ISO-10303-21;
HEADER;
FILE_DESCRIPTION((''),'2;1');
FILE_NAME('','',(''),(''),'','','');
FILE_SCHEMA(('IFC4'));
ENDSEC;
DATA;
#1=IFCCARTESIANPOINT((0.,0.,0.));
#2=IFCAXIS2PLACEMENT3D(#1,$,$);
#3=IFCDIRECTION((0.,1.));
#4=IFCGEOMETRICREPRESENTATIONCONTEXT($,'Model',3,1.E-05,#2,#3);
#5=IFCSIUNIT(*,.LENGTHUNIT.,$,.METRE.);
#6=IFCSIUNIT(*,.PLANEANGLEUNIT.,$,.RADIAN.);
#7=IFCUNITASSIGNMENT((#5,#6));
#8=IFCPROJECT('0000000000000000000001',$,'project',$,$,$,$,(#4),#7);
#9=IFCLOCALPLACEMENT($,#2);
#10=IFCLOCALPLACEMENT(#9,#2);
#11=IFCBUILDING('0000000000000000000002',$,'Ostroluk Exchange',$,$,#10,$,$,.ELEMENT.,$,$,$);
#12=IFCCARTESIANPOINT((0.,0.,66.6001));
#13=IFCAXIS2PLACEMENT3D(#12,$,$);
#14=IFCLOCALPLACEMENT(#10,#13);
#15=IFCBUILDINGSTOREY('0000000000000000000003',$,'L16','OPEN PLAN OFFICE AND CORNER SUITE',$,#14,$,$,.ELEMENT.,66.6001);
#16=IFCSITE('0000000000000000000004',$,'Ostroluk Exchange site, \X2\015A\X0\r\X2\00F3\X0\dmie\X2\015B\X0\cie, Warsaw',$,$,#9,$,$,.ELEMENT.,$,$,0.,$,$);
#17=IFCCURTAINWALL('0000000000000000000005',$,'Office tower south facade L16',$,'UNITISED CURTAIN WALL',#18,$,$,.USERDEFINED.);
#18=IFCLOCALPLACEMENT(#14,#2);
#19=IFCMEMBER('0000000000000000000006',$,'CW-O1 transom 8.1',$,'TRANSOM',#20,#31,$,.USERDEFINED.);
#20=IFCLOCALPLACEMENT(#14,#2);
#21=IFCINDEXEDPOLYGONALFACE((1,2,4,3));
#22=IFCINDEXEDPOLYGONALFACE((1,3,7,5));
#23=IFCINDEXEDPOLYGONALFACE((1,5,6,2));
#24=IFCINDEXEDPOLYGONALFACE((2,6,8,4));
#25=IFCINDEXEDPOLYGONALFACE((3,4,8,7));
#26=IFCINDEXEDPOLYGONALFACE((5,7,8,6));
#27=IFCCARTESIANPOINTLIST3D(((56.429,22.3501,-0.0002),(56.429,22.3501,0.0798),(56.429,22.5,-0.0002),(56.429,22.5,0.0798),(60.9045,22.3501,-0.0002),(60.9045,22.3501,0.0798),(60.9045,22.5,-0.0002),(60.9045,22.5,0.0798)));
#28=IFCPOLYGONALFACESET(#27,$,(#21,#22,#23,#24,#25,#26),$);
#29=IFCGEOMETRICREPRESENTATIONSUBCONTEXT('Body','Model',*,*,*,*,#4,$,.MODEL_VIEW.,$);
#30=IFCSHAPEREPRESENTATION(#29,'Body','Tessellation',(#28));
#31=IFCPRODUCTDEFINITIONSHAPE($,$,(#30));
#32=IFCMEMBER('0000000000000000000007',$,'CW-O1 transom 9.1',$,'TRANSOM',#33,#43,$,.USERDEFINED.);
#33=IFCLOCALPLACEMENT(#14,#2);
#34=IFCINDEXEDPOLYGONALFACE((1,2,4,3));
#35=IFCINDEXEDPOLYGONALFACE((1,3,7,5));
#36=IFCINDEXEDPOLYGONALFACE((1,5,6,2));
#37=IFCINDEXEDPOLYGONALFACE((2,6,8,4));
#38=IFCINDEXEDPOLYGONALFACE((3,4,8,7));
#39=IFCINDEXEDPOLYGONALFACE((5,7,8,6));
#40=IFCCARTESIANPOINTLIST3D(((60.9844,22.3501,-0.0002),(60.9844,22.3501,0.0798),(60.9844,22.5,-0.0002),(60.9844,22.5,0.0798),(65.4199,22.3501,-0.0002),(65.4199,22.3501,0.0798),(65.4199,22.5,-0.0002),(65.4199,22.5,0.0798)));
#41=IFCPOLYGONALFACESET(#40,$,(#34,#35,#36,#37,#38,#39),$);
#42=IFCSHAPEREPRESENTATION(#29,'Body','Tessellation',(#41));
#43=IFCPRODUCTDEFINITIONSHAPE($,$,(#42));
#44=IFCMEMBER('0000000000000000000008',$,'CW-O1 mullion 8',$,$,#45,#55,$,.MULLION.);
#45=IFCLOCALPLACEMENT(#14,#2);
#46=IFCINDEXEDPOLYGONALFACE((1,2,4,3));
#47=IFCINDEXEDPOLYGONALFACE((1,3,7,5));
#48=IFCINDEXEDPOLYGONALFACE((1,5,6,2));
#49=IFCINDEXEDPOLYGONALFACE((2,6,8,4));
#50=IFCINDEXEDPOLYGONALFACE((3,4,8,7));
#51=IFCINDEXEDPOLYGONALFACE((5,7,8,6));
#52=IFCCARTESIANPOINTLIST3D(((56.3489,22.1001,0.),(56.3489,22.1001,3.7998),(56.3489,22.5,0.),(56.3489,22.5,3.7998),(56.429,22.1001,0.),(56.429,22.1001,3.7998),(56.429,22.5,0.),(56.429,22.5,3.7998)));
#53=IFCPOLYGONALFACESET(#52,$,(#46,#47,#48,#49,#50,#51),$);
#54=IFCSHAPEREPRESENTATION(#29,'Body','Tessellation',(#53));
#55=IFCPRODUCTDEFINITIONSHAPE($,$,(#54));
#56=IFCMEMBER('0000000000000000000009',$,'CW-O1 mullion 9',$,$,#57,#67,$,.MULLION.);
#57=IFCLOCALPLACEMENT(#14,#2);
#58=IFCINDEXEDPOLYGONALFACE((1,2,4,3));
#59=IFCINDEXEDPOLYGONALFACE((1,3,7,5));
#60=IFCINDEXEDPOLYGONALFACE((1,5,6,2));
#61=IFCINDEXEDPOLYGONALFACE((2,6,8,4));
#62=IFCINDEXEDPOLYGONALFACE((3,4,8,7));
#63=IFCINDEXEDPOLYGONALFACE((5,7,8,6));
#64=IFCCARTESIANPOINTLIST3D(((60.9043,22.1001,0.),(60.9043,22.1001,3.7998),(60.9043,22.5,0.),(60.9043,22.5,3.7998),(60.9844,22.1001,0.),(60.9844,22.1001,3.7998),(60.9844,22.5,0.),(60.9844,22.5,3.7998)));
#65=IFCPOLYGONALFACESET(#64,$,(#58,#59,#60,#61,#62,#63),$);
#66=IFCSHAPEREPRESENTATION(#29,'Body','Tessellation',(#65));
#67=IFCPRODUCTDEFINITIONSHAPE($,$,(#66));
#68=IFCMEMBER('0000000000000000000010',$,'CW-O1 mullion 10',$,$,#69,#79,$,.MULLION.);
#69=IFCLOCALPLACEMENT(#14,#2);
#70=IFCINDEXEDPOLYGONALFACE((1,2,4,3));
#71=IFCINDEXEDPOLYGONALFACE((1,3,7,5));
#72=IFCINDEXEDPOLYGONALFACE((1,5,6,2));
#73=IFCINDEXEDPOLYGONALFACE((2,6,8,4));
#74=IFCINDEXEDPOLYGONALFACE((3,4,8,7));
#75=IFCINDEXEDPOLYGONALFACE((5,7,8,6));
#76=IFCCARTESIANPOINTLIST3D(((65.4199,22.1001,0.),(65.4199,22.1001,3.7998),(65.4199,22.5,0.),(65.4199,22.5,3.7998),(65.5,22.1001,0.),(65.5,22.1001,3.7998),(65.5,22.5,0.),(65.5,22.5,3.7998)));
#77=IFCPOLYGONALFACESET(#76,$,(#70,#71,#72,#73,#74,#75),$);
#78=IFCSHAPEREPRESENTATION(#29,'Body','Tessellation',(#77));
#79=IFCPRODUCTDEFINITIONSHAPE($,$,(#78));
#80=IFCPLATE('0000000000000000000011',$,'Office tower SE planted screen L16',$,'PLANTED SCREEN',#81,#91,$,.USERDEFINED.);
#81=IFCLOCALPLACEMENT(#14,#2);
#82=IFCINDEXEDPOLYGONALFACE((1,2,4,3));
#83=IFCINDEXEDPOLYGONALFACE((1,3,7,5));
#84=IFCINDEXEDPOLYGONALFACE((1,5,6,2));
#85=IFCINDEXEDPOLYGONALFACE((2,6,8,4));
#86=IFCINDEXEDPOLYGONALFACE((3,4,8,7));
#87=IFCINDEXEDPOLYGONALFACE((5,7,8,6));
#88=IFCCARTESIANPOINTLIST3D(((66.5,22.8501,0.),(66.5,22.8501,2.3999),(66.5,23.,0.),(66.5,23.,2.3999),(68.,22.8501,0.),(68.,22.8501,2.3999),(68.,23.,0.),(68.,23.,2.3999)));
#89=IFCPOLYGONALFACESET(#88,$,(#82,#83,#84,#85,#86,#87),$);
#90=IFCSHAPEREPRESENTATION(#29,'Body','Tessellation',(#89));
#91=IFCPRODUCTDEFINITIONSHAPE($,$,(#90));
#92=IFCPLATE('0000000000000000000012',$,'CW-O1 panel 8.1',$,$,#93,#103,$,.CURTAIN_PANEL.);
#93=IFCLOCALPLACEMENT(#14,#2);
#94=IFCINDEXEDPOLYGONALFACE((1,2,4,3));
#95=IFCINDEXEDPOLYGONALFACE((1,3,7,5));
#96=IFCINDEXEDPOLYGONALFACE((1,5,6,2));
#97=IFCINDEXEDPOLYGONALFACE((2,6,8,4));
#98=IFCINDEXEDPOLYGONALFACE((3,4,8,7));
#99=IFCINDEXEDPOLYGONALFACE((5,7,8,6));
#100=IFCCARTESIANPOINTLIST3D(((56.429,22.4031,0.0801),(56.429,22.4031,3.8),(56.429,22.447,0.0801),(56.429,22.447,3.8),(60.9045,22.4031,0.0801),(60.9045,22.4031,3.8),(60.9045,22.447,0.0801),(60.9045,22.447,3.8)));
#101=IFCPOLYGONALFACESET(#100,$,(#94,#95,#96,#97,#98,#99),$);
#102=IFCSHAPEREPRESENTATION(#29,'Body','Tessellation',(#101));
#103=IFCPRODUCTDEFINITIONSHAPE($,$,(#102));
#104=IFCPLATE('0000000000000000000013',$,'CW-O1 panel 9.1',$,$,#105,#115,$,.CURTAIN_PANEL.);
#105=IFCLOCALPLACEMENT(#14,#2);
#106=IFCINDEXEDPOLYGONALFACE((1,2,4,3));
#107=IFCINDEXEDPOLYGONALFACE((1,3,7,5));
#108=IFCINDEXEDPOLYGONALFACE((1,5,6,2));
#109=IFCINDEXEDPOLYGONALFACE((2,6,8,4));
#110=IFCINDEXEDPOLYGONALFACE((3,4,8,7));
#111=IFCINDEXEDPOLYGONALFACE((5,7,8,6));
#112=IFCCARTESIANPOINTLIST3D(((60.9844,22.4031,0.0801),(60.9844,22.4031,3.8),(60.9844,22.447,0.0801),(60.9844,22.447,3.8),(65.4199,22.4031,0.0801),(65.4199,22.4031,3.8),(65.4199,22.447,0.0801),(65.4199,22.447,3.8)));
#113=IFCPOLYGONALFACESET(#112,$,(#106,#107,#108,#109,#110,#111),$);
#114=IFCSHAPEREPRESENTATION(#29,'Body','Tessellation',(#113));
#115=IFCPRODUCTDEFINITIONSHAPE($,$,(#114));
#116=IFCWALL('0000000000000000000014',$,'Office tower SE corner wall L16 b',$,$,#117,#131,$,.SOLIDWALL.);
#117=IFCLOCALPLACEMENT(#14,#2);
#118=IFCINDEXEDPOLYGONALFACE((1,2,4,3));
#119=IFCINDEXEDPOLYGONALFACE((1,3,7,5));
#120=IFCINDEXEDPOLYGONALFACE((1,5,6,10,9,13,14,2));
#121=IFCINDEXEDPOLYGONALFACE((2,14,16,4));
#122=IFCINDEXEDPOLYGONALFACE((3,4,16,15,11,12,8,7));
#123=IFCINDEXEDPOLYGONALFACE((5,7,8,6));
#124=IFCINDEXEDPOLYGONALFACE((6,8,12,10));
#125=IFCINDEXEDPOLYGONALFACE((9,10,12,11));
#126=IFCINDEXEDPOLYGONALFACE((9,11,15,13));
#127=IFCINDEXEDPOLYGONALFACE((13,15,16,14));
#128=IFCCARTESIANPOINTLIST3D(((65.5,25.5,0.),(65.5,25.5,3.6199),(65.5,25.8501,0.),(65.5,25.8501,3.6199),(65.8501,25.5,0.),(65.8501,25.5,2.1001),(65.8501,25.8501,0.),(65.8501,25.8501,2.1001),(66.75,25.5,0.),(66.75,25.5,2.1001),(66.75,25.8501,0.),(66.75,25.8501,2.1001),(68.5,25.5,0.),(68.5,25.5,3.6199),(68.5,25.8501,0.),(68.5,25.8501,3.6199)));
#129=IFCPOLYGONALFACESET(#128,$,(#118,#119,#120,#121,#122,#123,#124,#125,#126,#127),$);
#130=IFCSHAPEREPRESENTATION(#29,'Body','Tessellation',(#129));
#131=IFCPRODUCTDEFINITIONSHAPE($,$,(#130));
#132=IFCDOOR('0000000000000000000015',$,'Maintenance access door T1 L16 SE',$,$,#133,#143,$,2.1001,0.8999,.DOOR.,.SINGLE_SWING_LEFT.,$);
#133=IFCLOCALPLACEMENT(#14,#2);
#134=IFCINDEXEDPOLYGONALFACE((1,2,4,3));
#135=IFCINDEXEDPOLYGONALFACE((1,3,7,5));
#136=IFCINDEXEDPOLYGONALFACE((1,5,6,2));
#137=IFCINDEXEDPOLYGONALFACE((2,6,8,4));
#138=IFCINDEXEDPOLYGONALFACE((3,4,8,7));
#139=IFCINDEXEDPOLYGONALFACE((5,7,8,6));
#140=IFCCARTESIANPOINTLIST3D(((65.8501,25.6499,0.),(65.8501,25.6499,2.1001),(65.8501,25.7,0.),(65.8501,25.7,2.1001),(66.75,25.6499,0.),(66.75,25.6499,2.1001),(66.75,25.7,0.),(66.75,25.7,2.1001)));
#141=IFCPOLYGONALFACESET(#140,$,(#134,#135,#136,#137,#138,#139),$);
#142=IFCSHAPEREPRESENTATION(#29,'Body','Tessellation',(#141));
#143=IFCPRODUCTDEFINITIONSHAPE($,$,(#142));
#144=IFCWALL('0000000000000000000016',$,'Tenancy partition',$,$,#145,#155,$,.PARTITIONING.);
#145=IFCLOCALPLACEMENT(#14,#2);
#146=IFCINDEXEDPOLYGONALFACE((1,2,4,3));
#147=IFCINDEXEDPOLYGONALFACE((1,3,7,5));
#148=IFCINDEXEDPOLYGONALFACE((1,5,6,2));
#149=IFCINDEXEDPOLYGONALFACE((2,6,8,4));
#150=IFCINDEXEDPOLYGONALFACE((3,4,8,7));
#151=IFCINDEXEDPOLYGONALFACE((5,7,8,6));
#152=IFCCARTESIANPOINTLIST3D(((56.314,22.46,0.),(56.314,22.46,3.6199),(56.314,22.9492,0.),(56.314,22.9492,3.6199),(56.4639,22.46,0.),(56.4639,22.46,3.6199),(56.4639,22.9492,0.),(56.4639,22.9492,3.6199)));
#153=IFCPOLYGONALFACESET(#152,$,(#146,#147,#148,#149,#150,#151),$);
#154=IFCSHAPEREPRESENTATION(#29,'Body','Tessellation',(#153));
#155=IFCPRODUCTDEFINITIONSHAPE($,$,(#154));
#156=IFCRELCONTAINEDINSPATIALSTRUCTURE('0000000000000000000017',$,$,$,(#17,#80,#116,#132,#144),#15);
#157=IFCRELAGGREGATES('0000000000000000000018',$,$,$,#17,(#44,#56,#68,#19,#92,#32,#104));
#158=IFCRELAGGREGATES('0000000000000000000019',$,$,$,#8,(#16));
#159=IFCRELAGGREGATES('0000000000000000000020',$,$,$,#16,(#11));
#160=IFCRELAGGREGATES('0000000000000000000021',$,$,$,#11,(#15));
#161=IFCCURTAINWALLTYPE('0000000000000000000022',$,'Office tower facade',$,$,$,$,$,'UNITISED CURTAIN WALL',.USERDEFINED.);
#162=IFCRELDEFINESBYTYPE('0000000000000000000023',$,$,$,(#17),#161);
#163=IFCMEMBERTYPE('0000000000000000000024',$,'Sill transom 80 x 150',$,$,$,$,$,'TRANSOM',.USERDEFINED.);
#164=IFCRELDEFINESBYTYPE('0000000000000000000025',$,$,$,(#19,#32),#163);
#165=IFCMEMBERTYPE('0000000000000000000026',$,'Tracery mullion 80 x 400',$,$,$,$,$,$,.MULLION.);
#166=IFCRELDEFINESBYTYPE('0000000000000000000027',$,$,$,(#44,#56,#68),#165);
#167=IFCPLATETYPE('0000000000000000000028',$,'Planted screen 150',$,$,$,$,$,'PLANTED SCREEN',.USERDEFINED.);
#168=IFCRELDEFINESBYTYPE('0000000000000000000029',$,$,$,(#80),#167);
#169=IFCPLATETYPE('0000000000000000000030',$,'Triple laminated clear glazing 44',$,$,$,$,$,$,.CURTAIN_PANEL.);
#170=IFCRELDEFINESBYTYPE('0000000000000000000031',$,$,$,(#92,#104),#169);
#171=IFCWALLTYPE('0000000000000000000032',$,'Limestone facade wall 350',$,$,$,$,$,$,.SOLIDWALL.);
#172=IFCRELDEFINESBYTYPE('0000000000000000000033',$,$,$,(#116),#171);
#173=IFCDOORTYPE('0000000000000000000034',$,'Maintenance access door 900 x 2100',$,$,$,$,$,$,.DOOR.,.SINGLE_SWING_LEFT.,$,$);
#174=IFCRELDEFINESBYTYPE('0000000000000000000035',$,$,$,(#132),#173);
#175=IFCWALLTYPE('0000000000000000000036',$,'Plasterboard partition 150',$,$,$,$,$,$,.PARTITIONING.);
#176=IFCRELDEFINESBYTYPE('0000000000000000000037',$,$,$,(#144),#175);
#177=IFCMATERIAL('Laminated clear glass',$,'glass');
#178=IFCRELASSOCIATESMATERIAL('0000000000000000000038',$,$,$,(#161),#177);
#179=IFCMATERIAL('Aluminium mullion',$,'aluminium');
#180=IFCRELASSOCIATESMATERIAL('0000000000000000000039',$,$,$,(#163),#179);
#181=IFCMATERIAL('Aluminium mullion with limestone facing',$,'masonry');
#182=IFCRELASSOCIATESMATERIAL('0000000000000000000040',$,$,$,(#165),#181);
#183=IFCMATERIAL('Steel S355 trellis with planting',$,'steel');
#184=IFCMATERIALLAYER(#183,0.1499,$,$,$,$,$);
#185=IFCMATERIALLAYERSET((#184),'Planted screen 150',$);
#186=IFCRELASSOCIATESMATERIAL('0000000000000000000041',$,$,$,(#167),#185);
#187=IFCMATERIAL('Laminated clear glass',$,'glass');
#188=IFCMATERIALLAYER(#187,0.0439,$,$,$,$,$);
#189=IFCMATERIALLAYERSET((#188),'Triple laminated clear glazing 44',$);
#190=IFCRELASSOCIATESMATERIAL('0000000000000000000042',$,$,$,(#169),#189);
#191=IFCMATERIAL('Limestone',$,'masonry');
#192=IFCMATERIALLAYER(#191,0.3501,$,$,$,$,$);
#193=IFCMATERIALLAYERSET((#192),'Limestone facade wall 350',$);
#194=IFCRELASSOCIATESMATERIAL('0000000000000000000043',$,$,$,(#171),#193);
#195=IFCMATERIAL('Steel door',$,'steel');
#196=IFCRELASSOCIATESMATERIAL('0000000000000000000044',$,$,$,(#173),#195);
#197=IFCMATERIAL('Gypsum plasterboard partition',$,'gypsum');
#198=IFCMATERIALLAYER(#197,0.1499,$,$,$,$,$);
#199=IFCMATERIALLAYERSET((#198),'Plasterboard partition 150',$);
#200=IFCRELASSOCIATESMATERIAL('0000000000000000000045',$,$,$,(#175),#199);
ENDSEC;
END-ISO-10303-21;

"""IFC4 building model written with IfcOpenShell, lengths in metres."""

from ifc_helpers import new_model, si_unit, direction, frame, frame_2d, origin, origin_2d, place, context, subcontext, project, spatial, rectangle, extrude, material, layer, layer_set, material_profile, profile_set, type_object, element, fill, aggregate, save


model = new_model("IFC4")

# Units and contexts
model_context = context("Model", 3, precision=1e-05, world=origin(), true_north=direction((0.0, 1.0)))
body_context = subcontext(model_context, "Body", "Model", "MODEL_VIEW")
ifc_project = project(units=[si_unit("LENGTHUNIT", "METRE"), si_unit("PLANEANGLEUNIT", "RADIAN")], contexts=[model_context])

# Site, building, storey
site_placement = place(None, origin())
site = spatial("IfcSite", under=ifc_project, at=site_placement, Name="Ostroluk Exchange site, Śródmieście, Warsaw", CompositionType="ELEMENT", RefElevation=0.0)
building_placement = place(site_placement, origin())
building = spatial("IfcBuilding", under=site, at=building_placement, Name="Ostroluk Exchange", CompositionType="ELEMENT")
storey_placement = place(building_placement, frame((0.0, 0.0, 66.6001)))
storey = spatial("IfcBuildingStorey", under=building, at=storey_placement, Name="L16", Description="OPEN PLAN OFFICE AND CORNER SUITE", CompositionType="ELEMENT", Elevation=66.6001)

# Curtain wall, members
ifc_material_1 = material(Name="Laminated clear glass", Category="glass")
curtain_wall_type = type_object("IfcCurtainWallType", Name="Office tower facade", ElementType="UNITISED CURTAIN WALL", PredefinedType="USERDEFINED", material=ifc_material_1)
curtain_wall_placement = place(storey_placement, origin())
curtain_wall = element("IfcCurtainWall", 1, at=curtain_wall_placement, inside=storey, type_object=curtain_wall_type, Name="Office tower south facade L16", ObjectType="UNITISED CURTAIN WALL", PredefinedType="USERDEFINED")
ifc_material_2 = material(Name="Aluminium mullion", Category="aluminium")
ifc_material_profile_1 = material_profile(ifc_material_2, rectangle(XDim=0.1499, YDim=0.0801, at=origin_2d()), Name="Sill transom 80 x 150")
ifc_profile_set_1 = profile_set([ifc_material_profile_1], Name="Aluminium mullion")
member_type_1 = type_object("IfcMemberType", Name="Sill transom 80 x 150", ElementType="TRANSOM", PredefinedType="USERDEFINED", material=ifc_profile_set_1)
member_1_placement = place(storey_placement, frame((56.429, 22.425, 0.0398), z_axis=(1.0, 0.0, 0.0), x_axis=(0.0, 1.0, 0.0)))
member_1 = element("IfcMember", 2, at=member_1_placement, type_object=member_type_1, Name="CW-O1 transom 8.1", ObjectType="TRANSOM", PredefinedType="USERDEFINED", context=body_context, shape_type="SweptSolid", body=[
    extrude(rectangle(XDim=0.1499, YDim=0.0801, at=origin_2d()), origin(), (0.0, 0.0, 1.0), 4.4756),
])
member_2_placement = place(storey_placement, frame((60.9844, 22.425, 0.0398), z_axis=(1.0, 0.0, 0.0), x_axis=(0.0, 1.0, 0.0)))
member_2 = element("IfcMember", 3, at=member_2_placement, type_object=member_type_1, Name="CW-O1 transom 9.1", ObjectType="TRANSOM", PredefinedType="USERDEFINED", context=body_context, shape_type="SweptSolid", body=[
    extrude(rectangle(XDim=0.1499, YDim=0.0801, at=origin_2d()), origin(), (0.0, 0.0, 1.0), 4.4355),
])
ifc_material_3 = material(Name="Aluminium mullion with limestone facing", Category="masonry")
ifc_material_profile_2 = material_profile(ifc_material_3, rectangle(XDim=0.3999, YDim=0.0801, at=origin_2d()), Name="Tracery mullion 80 x 400")
ifc_profile_set_2 = profile_set([ifc_material_profile_2], Name="Aluminium mullion with limestone facing")
member_type_2 = type_object("IfcMemberType", Name="Tracery mullion 80 x 400", PredefinedType="MULLION", material=ifc_profile_set_2)
member_3_placement = place(storey_placement, frame((56.3889, 22.3, 0.0), z_axis=(0.0, 0.0, 1.0), x_axis=(0.0, 1.0, 0.0)))
member_3 = element("IfcMember", 4, at=member_3_placement, type_object=member_type_2, Name="CW-O1 mullion 8", PredefinedType="MULLION", context=body_context, shape_type="SweptSolid", body=[
    extrude(rectangle(XDim=0.3999, YDim=0.0801, at=origin_2d()), origin(), (0.0, 0.0, 1.0), 3.7998),
])
member_4_placement = place(storey_placement, frame((60.9443, 22.3, 0.0), z_axis=(0.0, 0.0, 1.0), x_axis=(0.0, 1.0, 0.0)))
member_4 = element("IfcMember", 5, at=member_4_placement, type_object=member_type_2, Name="CW-O1 mullion 9", PredefinedType="MULLION", context=body_context, shape_type="SweptSolid", body=[
    extrude(rectangle(XDim=0.3999, YDim=0.0801, at=origin_2d()), origin(), (0.0, 0.0, 1.0), 3.7998),
])
member_5_placement = place(storey_placement, frame((65.46, 22.3, 0.0), z_axis=(0.0, 0.0, 1.0), x_axis=(0.0, 1.0, 0.0)))
member_5 = element("IfcMember", 6, at=member_5_placement, type_object=member_type_2, Name="CW-O1 mullion 10", PredefinedType="MULLION", context=body_context, shape_type="SweptSolid", body=[
    extrude(rectangle(XDim=0.3999, YDim=0.0801, at=origin_2d()), origin(), (0.0, 0.0, 1.0), 3.7998),
])

# Plates
ifc_material_4 = material(Name="Steel S355 trellis with planting", Category="steel")
ifc_layer_1 = layer(ifc_material_4, 0.1499)
ifc_layer_set_1 = layer_set([ifc_layer_1], Name="Planted screen 150")
plate_type_1 = type_object("IfcPlateType", Name="Planted screen 150", ElementType="PLANTED SCREEN", PredefinedType="USERDEFINED", material=ifc_layer_set_1)
plate_1_placement = place(storey_placement, frame((67.25, 22.925, 0.0), z_axis=(0.0, 0.0, 1.0), x_axis=(1.0, 0.0, 0.0)))
element("IfcPlate", 7, at=plate_1_placement, inside=storey, type_object=plate_type_1, Name="Office tower SE planted screen L16", ObjectType="PLANTED SCREEN", PredefinedType="USERDEFINED", context=body_context, shape_type="SweptSolid", body=[
    extrude(rectangle(XDim=1.5, YDim=0.1499, at=origin_2d()), origin(), (0.0, 0.0, 1.0), 2.3999),
])
ifc_material_5 = material(Name="Laminated clear glass", Category="glass")
ifc_layer_2 = layer(ifc_material_5, 0.0439)
ifc_layer_set_2 = layer_set([ifc_layer_2], Name="Triple laminated clear glazing 44")
plate_type_2 = type_object("IfcPlateType", Name="Triple laminated clear glazing 44", PredefinedType="CURTAIN_PANEL", material=ifc_layer_set_2)
plate_2_placement = place(storey_placement, frame((58.6667, 22.425, 0.0801), z_axis=(0.0, 0.0, 1.0), x_axis=(1.0, 0.0, 0.0)))
plate_2 = element("IfcPlate", 8, at=plate_2_placement, type_object=plate_type_2, Name="CW-O1 panel 8.1", PredefinedType="CURTAIN_PANEL", context=body_context, shape_type="SweptSolid", body=[
    extrude(rectangle(XDim=4.4756, YDim=0.0439, at=origin_2d()), origin(), (0.0, 0.0, 1.0), 3.72),
])
plate_3_placement = place(storey_placement, frame((63.2021, 22.425, 0.0801), z_axis=(0.0, 0.0, 1.0), x_axis=(1.0, 0.0, 0.0)))
plate_3 = element("IfcPlate", 9, at=plate_3_placement, type_object=plate_type_2, Name="CW-O1 panel 9.1", PredefinedType="CURTAIN_PANEL", context=body_context, shape_type="SweptSolid", body=[
    extrude(rectangle(XDim=4.4355, YDim=0.0439, at=origin_2d()), origin(), (0.0, 0.0, 1.0), 3.72),
])
aggregate(curtain_wall, [member_3, member_4, member_5, member_1, plate_2, member_2, plate_3])

# Wall, opening, door
ifc_material_6 = material(Name="Limestone", Category="masonry")
ifc_layer_3 = layer(ifc_material_6, 0.3501)
ifc_layer_set_3 = layer_set([ifc_layer_3], Name="Limestone facade wall 350")
wall_type_1 = type_object("IfcWallType", Name="Limestone facade wall 350", PredefinedType="SOLIDWALL", material=ifc_layer_set_3)
wall_1_placement = place(storey_placement, frame((65.5, 25.675, 0.0), z_axis=(0.0, 0.0, 1.0), x_axis=(1.0, 0.0, 0.0)))
wall_1 = element("IfcWall", 10, at=wall_1_placement, inside=storey, type_object=wall_type_1, Name="Office tower SE corner wall L16 b", PredefinedType="SOLIDWALL", context=body_context, shape_type="SweptSolid", body=[
    extrude(rectangle(XDim=3.0, YDim=0.3501, at=frame_2d((1.5, 0.0))), origin(), (0.0, 0.0, 1.0), 3.6199),
])
opening_1_placement = place(wall_1_placement, frame((0.3501, 0.0, 0.0)))
opening_1 = element("IfcOpeningElement", 11, at=opening_1_placement, cuts=wall_1, PredefinedType="OPENING", context=body_context, shape_type="SweptSolid", body=[
    extrude(rectangle(XDim=0.8999, YDim=2.1001, at=frame_2d((0.45, 1.05))), frame((0.0, 0.1851, 0.0), z_axis=(0.0, -1.0, 0.0), x_axis=(1.0, 0.0, 0.0)), (0.0, 0.0, 1.0), 0.3701),
])
ifc_material_7 = material(Name="Steel door", Category="steel")
door_type_1 = type_object("IfcDoorType", Name="Maintenance access door 900 x 2100", OperationType="SINGLE_SWING_LEFT", PredefinedType="DOOR", material=ifc_material_7)
door_1_placement = place(opening_1_placement, origin())
door_1 = element("IfcDoor", 12, at=door_1_placement, inside=storey, type_object=door_type_1, Name="Maintenance access door T1 L16 SE", OperationType="SINGLE_SWING_LEFT", OverallHeight=2.1001, OverallWidth=0.8999, PredefinedType="DOOR", context=body_context, shape_type="SweptSolid", body=[
    extrude(rectangle(XDim=0.8999, YDim=2.1001, at=frame_2d((0.45, 1.05))), frame((0.0, 0.0249, 0.0), z_axis=(0.0, -1.0, 0.0), x_axis=(1.0, 0.0, 0.0)), (0.0, 0.0, 1.0), 0.05),
])
fill(opening_1, door_1)

# Wall
ifc_material_8 = material(Name="Gypsum plasterboard partition", Category="gypsum")
ifc_layer_4 = layer(ifc_material_8, 0.1499)
ifc_layer_set_4 = layer_set([ifc_layer_4], Name="Plasterboard partition 150")
wall_type_2 = type_object("IfcWallType", Name="Plasterboard partition 150", PredefinedType="PARTITIONING", material=ifc_layer_set_4)
wall_2_placement = place(storey_placement, frame((56.3889, 22.9492, 0.0), z_axis=(0.0, 0.0, 1.0), x_axis=(0.0, -1.0, 0.0)))
element("IfcWall", 13, at=wall_2_placement, inside=storey, type_object=wall_type_2, Name="Tenancy partition", PredefinedType="PARTITIONING", context=body_context, shape_type="SweptSolid", body=[
    extrude(rectangle(XDim=0.4893, YDim=0.1499, at=frame_2d((0.2446, 0.0))), origin(), (0.0, 0.0, 1.0), 3.6199),
])

save(model, "model.ifc")
